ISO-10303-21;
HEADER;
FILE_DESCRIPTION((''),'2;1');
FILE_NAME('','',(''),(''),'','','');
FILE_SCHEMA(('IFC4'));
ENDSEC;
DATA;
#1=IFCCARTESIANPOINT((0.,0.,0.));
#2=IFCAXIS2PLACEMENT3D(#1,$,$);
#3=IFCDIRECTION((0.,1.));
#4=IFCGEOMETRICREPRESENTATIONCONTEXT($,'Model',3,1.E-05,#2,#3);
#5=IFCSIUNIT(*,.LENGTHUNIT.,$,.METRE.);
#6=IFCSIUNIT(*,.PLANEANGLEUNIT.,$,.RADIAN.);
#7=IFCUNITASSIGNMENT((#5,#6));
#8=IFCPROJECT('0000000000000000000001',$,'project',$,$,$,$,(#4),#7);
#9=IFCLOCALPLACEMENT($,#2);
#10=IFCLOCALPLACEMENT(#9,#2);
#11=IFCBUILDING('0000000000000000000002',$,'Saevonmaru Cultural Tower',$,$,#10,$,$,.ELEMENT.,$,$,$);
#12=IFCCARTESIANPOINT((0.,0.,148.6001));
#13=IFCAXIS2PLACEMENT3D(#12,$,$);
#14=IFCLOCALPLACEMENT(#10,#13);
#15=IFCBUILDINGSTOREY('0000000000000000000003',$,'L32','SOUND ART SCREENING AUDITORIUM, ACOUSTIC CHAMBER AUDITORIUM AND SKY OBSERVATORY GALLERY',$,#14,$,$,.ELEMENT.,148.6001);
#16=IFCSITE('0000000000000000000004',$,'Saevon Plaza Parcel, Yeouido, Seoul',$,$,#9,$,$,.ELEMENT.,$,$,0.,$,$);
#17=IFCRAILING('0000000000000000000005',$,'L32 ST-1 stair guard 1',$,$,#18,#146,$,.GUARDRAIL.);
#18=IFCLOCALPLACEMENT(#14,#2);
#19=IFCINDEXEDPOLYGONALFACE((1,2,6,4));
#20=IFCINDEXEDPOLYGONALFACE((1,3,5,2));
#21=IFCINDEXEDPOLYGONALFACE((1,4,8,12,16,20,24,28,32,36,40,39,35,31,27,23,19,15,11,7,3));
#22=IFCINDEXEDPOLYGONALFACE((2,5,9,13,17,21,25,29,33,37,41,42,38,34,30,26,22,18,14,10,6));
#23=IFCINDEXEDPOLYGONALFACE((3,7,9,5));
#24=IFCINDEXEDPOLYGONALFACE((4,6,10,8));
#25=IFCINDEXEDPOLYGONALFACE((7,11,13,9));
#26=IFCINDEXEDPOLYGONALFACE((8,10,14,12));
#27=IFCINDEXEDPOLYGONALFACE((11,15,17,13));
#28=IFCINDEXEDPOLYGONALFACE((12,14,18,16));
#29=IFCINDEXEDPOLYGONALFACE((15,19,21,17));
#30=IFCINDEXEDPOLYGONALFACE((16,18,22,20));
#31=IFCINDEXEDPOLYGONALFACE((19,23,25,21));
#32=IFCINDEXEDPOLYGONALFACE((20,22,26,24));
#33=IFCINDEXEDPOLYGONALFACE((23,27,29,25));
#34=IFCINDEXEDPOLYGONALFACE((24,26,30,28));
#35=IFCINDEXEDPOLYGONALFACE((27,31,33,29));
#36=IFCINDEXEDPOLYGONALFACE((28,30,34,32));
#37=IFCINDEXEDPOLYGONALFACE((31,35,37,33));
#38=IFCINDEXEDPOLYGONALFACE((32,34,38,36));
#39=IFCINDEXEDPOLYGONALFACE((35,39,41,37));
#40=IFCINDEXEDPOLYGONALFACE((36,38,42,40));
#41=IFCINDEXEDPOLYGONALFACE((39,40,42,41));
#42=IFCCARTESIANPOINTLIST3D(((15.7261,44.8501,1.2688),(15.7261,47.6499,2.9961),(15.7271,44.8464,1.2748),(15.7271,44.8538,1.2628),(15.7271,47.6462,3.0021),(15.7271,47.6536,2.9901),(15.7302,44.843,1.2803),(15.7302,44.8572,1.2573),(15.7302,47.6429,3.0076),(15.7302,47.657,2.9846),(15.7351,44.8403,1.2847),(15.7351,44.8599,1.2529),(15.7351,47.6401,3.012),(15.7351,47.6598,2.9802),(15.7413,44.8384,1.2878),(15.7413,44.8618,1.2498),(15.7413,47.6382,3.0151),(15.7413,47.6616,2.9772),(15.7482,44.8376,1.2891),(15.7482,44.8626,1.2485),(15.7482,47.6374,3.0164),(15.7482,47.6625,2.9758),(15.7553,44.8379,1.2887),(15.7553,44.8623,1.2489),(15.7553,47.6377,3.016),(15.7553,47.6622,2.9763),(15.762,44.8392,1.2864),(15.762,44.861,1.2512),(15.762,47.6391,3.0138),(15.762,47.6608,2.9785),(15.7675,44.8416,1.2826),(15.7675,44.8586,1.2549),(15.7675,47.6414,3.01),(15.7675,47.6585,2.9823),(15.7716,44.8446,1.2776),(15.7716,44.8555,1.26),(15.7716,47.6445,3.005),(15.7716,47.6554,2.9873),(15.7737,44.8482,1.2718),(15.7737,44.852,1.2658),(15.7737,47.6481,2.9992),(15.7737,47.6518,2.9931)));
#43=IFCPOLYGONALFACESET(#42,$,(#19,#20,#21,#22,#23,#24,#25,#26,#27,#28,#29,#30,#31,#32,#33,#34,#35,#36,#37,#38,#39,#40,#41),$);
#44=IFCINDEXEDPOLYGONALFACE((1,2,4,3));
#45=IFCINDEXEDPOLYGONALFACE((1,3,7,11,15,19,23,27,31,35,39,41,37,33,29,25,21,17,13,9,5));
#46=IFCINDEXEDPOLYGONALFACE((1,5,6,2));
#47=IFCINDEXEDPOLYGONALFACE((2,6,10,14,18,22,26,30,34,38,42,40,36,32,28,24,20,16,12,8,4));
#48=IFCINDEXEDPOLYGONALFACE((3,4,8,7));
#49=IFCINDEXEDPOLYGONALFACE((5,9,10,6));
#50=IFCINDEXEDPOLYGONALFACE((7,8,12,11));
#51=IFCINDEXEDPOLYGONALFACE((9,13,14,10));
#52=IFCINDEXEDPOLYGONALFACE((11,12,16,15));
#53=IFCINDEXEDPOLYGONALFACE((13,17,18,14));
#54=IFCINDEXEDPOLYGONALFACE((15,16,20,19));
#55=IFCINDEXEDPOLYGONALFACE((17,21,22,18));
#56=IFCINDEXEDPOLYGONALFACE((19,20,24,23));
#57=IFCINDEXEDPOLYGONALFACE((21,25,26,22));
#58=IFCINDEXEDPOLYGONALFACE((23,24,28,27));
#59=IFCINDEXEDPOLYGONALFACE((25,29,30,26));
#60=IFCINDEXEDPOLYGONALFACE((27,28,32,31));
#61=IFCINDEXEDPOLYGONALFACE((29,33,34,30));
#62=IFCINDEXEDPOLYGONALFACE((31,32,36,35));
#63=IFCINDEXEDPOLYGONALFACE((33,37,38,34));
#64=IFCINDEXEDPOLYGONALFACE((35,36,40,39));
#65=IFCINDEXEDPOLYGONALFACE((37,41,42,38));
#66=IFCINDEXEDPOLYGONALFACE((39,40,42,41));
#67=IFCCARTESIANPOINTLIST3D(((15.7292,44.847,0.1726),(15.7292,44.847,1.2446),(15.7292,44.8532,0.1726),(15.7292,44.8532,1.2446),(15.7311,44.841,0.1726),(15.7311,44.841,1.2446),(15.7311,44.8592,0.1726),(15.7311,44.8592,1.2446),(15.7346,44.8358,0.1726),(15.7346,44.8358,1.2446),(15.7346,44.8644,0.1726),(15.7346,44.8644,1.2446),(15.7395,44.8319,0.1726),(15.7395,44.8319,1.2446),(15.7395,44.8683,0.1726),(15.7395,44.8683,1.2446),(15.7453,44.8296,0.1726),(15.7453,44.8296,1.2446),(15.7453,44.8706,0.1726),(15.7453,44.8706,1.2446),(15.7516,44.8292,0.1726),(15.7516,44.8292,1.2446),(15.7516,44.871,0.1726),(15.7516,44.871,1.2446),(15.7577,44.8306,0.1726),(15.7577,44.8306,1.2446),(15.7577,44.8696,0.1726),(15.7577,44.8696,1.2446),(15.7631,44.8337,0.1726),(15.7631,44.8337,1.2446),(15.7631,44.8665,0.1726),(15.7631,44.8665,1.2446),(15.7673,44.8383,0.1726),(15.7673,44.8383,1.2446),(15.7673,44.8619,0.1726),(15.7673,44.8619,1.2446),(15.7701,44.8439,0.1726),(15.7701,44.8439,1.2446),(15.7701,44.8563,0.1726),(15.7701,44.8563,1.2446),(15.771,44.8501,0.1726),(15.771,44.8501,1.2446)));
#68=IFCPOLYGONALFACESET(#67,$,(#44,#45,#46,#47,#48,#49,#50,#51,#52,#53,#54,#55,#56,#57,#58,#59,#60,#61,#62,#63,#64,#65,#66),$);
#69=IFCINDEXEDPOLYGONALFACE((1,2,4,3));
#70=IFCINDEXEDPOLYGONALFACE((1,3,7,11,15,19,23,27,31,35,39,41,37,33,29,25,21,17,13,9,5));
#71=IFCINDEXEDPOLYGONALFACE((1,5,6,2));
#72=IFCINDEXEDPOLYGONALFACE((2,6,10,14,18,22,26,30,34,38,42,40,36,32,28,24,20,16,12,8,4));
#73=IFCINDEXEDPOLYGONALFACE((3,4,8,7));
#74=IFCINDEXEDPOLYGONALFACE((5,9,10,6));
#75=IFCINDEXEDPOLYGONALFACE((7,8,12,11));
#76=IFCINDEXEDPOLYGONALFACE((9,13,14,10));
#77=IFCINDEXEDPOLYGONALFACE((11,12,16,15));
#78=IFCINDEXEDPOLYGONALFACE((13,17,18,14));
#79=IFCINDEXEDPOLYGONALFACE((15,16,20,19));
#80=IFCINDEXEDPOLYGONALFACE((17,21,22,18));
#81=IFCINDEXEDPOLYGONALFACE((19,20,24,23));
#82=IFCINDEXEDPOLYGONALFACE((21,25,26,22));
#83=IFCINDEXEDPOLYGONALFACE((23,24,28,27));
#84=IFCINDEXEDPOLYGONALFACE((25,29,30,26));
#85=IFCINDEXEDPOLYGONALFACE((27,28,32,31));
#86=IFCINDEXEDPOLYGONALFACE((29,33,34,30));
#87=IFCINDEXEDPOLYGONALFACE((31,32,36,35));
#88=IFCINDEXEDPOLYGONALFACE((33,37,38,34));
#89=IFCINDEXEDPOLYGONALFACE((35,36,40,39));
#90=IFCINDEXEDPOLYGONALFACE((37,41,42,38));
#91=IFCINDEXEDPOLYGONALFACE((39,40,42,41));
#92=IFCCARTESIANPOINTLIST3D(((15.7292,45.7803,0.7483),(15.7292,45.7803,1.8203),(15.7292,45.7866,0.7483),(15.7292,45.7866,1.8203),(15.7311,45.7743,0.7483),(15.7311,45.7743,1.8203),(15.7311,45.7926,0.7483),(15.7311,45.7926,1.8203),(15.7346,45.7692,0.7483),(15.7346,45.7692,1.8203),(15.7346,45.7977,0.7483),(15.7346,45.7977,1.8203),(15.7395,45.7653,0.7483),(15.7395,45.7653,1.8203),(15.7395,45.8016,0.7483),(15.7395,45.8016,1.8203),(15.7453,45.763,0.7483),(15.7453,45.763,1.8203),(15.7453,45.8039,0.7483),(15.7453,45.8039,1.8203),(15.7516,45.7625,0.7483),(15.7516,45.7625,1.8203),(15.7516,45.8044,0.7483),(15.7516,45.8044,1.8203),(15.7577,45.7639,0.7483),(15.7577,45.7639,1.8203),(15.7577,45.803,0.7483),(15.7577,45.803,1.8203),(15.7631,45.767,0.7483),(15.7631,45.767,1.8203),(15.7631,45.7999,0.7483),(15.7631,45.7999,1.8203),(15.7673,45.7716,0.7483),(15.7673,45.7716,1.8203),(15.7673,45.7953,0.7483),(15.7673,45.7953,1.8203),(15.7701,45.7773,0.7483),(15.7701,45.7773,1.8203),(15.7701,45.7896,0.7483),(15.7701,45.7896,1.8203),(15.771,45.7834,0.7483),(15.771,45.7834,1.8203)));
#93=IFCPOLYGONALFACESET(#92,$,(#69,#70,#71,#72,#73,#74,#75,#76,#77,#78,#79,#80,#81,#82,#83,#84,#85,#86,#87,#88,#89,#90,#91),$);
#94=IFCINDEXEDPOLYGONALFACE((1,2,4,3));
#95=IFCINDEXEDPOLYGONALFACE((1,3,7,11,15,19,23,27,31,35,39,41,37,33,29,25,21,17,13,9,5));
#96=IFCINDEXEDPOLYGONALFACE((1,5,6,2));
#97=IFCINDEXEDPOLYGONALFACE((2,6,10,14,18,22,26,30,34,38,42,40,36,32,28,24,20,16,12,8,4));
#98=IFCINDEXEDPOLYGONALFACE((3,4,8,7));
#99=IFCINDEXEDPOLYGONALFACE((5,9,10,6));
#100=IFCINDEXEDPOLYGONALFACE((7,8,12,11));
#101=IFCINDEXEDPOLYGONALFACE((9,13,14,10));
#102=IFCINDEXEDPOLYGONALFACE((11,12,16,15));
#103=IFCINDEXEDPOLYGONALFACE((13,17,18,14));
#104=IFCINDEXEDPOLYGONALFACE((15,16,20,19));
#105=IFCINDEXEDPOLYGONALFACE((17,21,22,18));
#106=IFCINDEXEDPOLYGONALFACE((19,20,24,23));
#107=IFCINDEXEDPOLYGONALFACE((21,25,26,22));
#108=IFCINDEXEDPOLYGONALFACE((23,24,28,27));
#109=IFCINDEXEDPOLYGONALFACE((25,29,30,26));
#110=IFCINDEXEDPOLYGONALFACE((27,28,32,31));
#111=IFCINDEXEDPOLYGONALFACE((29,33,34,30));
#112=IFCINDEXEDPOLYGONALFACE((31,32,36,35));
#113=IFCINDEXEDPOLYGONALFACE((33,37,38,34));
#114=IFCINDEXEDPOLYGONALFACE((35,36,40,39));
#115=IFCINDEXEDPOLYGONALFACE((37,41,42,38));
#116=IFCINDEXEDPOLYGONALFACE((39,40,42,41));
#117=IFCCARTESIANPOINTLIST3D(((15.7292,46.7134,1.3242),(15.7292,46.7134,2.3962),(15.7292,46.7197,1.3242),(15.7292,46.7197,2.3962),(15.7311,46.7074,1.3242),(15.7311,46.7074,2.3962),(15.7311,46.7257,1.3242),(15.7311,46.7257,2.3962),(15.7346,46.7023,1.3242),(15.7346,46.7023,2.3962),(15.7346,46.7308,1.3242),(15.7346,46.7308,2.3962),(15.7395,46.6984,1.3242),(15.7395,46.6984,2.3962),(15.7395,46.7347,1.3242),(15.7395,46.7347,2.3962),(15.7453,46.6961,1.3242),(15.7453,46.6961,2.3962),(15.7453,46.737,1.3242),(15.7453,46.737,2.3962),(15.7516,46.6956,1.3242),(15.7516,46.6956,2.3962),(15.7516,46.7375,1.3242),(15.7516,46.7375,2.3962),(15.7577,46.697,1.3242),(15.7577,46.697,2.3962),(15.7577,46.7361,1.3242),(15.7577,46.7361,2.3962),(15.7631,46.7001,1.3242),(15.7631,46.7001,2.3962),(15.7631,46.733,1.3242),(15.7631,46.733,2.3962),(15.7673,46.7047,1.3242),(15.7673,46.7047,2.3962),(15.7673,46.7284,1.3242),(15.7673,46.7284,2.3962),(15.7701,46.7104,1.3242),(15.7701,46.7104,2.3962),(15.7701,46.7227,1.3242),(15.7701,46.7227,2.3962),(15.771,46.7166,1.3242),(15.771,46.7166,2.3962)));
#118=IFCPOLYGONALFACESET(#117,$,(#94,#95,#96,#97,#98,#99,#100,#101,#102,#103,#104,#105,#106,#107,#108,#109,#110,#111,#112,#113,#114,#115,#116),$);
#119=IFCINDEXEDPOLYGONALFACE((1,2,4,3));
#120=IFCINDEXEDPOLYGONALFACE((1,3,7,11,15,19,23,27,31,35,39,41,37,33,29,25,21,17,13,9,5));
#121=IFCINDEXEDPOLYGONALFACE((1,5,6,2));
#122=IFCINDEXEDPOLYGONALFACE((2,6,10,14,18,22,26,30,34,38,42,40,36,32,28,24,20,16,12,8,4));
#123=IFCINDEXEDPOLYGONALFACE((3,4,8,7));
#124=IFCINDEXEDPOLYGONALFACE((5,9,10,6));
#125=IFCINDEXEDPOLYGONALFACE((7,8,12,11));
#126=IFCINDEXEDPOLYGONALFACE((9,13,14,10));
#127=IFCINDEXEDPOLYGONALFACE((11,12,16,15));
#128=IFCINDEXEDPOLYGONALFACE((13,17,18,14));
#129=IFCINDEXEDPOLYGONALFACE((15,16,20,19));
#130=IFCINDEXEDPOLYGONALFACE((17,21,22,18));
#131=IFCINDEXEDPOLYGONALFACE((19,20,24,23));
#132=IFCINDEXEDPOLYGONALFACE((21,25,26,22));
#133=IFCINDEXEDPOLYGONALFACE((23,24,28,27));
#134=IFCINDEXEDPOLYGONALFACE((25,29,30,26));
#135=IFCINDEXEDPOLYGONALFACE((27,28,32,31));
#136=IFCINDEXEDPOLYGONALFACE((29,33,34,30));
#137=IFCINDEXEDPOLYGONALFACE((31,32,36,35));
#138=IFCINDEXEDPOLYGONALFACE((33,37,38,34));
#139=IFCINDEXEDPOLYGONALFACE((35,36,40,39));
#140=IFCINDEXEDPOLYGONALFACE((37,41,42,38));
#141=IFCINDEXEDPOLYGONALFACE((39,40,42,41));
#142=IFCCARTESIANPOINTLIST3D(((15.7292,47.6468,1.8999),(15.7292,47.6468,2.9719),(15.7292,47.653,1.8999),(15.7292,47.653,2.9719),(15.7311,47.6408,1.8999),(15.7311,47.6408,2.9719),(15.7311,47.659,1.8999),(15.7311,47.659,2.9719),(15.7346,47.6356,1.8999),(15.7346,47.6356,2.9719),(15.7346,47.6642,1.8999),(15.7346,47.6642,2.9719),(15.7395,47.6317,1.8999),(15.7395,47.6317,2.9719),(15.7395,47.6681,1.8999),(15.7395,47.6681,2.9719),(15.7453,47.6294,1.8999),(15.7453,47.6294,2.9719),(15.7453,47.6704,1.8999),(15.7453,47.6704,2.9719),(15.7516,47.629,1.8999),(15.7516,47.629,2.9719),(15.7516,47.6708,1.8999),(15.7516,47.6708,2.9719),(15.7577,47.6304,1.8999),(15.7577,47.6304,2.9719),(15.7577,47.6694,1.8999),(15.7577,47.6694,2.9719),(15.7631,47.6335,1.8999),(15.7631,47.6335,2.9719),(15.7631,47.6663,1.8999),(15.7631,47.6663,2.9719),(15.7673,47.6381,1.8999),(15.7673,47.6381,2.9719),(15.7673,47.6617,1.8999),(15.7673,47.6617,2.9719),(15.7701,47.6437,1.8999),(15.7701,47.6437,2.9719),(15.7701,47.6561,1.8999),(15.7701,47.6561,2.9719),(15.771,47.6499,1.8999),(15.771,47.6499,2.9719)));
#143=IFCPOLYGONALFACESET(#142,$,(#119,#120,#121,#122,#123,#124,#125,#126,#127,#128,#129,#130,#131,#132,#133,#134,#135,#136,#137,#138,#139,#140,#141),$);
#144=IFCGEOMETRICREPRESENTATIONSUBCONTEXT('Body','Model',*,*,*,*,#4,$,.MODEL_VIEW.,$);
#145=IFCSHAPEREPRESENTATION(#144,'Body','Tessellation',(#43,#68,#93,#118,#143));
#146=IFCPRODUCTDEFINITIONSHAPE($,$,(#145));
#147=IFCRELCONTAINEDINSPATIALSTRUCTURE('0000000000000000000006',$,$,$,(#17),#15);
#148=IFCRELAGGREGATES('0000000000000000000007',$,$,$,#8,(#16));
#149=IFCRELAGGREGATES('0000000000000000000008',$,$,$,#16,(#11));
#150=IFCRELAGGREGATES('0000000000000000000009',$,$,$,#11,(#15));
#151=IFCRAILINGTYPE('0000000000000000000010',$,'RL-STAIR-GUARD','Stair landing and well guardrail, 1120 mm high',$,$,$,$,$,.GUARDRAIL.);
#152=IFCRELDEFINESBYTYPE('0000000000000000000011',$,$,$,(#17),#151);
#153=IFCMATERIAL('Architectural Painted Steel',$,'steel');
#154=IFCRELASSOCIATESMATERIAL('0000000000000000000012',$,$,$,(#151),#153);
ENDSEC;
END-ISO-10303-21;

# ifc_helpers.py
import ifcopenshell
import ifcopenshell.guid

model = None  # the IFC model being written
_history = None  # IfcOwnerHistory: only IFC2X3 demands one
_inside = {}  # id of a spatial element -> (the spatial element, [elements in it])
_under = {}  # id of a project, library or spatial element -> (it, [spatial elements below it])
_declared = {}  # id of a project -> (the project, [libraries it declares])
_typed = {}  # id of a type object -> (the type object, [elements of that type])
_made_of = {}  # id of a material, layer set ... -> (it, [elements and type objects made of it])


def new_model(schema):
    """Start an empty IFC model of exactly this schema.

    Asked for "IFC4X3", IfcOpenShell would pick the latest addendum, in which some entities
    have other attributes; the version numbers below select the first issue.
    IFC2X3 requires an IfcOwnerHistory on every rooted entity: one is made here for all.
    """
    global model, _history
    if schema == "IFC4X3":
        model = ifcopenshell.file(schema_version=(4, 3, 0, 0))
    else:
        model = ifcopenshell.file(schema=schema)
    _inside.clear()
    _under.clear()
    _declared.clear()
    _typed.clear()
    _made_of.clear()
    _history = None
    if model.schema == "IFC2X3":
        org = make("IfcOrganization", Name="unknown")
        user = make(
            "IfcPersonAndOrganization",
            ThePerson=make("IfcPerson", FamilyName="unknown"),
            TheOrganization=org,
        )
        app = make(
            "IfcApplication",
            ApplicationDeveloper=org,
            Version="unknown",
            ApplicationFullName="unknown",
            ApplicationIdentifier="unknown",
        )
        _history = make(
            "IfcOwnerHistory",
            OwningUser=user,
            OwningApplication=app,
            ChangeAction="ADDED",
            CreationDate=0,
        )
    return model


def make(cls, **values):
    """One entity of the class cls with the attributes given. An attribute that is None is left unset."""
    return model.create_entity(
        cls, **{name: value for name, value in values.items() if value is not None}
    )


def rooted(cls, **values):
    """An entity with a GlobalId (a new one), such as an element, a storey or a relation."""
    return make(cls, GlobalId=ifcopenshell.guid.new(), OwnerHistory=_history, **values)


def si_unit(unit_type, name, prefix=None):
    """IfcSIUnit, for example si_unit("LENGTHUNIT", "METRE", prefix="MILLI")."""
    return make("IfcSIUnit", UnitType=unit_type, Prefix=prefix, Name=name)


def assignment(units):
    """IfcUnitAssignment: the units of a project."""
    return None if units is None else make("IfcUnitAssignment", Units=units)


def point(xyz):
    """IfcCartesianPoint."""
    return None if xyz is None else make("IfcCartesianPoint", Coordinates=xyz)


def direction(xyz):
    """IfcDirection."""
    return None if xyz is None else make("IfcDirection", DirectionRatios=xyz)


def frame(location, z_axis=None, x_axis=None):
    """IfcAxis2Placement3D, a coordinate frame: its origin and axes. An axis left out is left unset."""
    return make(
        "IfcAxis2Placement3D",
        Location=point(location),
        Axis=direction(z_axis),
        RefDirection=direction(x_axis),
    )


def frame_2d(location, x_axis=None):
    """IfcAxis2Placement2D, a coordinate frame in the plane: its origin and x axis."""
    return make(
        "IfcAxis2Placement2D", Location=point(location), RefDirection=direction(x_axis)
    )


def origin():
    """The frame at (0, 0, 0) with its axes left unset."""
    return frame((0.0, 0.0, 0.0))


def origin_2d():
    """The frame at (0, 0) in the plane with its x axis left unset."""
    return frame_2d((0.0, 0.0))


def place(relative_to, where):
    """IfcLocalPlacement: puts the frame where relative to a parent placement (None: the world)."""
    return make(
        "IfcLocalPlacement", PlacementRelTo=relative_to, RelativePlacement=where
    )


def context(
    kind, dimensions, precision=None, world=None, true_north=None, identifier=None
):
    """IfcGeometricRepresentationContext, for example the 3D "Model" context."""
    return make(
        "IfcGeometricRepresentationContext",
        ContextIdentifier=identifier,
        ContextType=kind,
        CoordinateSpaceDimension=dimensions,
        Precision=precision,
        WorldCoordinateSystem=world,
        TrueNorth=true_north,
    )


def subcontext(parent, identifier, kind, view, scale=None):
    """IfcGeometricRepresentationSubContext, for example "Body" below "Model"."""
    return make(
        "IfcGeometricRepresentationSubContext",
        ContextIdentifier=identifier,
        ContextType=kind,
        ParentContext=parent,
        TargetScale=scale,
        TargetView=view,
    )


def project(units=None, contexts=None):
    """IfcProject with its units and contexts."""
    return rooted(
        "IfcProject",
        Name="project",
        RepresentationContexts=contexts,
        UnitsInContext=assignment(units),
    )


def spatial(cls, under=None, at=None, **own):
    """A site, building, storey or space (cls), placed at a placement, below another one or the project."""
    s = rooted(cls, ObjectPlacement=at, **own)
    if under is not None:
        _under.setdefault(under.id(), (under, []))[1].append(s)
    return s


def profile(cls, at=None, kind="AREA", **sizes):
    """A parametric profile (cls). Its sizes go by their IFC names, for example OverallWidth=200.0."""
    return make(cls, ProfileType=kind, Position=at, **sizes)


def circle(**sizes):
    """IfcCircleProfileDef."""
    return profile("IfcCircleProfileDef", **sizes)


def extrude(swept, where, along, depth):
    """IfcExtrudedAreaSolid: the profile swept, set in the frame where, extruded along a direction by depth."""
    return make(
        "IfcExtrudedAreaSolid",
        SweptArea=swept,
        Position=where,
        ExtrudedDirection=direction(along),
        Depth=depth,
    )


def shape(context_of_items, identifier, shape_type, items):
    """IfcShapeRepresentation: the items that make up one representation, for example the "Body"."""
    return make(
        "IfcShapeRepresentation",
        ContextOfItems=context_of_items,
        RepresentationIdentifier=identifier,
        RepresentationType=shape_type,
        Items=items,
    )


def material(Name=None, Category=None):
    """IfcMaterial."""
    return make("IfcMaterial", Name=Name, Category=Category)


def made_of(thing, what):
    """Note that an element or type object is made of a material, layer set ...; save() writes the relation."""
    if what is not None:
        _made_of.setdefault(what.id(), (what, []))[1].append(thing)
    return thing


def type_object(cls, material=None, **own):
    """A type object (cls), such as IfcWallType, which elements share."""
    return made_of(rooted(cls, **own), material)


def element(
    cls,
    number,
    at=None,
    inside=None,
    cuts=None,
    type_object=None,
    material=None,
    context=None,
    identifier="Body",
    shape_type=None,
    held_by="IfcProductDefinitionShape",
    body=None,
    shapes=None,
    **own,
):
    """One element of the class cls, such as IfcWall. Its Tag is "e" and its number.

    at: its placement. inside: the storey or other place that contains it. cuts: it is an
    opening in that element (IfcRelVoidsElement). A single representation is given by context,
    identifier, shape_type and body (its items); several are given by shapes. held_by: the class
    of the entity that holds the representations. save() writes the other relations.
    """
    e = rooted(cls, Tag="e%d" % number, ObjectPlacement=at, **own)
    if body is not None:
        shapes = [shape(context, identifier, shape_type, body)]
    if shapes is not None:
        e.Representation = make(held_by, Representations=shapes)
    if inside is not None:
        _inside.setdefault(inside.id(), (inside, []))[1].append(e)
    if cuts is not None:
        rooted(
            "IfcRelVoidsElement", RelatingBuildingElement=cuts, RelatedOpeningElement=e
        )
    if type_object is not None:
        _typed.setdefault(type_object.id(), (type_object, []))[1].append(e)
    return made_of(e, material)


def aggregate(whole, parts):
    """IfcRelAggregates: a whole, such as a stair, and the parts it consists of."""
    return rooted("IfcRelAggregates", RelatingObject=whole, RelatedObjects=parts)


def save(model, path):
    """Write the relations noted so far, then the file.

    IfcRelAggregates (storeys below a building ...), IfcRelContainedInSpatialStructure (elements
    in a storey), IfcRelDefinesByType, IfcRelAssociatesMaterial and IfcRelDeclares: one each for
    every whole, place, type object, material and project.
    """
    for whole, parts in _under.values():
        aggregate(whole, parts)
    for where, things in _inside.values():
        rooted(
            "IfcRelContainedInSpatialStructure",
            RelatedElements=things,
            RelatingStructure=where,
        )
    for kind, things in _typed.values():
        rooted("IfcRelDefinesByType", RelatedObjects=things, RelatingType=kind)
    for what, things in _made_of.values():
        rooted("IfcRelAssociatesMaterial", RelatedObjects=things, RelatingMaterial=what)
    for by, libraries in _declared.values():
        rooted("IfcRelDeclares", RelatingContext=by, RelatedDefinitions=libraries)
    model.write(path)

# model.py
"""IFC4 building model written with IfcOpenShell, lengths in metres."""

from ifc_helpers import new_model, si_unit, direction, frame, origin, origin_2d, place, context, subcontext, project, spatial, circle, extrude, material, type_object, element, save


model = new_model("IFC4")

# Units and contexts
model_context = context("Model", 3, precision=1e-05, world=origin(), true_north=direction((0.0, 1.0)))
body_context = subcontext(model_context, "Body", "Model", "MODEL_VIEW")
ifc_project = project(units=[si_unit("LENGTHUNIT", "METRE"), si_unit("PLANEANGLEUNIT", "RADIAN")], contexts=[model_context])

# Site, building, storey
site_placement = place(None, origin())
site = spatial("IfcSite", under=ifc_project, at=site_placement, Name="Saevon Plaza Parcel, Yeouido, Seoul", CompositionType="ELEMENT", RefElevation=0.0)
building_placement = place(site_placement, origin())
building = spatial("IfcBuilding", under=site, at=building_placement, Name="Saevonmaru Cultural Tower", CompositionType="ELEMENT")
storey_placement = place(building_placement, frame((0.0, 0.0, 148.6001)))
storey = spatial("IfcBuildingStorey", under=building, at=storey_placement, Name="L32", Description="SOUND ART SCREENING AUDITORIUM, ACOUSTIC CHAMBER AUDITORIUM AND SKY OBSERVATORY GALLERY", CompositionType="ELEMENT", Elevation=148.6001)

# Railing
ifc_material_1 = material(Name="Architectural Painted Steel", Category="steel")
railing_type_1 = type_object("IfcRailingType", Name="RL-STAIR-GUARD", Description="Stair landing and well guardrail, 1120 mm high", PredefinedType="GUARDRAIL", material=ifc_material_1)
railing_1_placement = place(storey_placement, frame((15.75, 44.8501, 0.1726)))
element("IfcRailing", 1, at=railing_1_placement, inside=storey, type_object=railing_type_1, Name="L32 ST-1 stair guard 1", PredefinedType="GUARDRAIL", context=body_context, shape_type="SweptSolid", body=[
    extrude(circle(Radius=0.0239, at=origin_2d()), frame((0.0, 0.0, 1.0962), z_axis=(0.0, 0.851069, 0.525054), x_axis=(-1.0, 0.0, 0.0)), (0.0, 0.0, 1.0), 3.2898),
    extrude(circle(Radius=0.021, at=origin_2d()), origin(), (0.0, 0.0, 1.0), 1.072),
    extrude(circle(Radius=0.021, at=origin_2d()), frame((0.0, 0.9333, 0.5757)), (0.0, 0.0, 1.0), 1.072),
    extrude(circle(Radius=0.021, at=origin_2d()), frame((0.0, 1.8665, 1.1516)), (0.0, 0.0, 1.0), 1.072),
    extrude(circle(Radius=0.021, at=origin_2d()), frame((0.0, 2.7998, 1.7273)), (0.0, 0.0, 1.0), 1.072),
])

save(model, "model.ifc")
